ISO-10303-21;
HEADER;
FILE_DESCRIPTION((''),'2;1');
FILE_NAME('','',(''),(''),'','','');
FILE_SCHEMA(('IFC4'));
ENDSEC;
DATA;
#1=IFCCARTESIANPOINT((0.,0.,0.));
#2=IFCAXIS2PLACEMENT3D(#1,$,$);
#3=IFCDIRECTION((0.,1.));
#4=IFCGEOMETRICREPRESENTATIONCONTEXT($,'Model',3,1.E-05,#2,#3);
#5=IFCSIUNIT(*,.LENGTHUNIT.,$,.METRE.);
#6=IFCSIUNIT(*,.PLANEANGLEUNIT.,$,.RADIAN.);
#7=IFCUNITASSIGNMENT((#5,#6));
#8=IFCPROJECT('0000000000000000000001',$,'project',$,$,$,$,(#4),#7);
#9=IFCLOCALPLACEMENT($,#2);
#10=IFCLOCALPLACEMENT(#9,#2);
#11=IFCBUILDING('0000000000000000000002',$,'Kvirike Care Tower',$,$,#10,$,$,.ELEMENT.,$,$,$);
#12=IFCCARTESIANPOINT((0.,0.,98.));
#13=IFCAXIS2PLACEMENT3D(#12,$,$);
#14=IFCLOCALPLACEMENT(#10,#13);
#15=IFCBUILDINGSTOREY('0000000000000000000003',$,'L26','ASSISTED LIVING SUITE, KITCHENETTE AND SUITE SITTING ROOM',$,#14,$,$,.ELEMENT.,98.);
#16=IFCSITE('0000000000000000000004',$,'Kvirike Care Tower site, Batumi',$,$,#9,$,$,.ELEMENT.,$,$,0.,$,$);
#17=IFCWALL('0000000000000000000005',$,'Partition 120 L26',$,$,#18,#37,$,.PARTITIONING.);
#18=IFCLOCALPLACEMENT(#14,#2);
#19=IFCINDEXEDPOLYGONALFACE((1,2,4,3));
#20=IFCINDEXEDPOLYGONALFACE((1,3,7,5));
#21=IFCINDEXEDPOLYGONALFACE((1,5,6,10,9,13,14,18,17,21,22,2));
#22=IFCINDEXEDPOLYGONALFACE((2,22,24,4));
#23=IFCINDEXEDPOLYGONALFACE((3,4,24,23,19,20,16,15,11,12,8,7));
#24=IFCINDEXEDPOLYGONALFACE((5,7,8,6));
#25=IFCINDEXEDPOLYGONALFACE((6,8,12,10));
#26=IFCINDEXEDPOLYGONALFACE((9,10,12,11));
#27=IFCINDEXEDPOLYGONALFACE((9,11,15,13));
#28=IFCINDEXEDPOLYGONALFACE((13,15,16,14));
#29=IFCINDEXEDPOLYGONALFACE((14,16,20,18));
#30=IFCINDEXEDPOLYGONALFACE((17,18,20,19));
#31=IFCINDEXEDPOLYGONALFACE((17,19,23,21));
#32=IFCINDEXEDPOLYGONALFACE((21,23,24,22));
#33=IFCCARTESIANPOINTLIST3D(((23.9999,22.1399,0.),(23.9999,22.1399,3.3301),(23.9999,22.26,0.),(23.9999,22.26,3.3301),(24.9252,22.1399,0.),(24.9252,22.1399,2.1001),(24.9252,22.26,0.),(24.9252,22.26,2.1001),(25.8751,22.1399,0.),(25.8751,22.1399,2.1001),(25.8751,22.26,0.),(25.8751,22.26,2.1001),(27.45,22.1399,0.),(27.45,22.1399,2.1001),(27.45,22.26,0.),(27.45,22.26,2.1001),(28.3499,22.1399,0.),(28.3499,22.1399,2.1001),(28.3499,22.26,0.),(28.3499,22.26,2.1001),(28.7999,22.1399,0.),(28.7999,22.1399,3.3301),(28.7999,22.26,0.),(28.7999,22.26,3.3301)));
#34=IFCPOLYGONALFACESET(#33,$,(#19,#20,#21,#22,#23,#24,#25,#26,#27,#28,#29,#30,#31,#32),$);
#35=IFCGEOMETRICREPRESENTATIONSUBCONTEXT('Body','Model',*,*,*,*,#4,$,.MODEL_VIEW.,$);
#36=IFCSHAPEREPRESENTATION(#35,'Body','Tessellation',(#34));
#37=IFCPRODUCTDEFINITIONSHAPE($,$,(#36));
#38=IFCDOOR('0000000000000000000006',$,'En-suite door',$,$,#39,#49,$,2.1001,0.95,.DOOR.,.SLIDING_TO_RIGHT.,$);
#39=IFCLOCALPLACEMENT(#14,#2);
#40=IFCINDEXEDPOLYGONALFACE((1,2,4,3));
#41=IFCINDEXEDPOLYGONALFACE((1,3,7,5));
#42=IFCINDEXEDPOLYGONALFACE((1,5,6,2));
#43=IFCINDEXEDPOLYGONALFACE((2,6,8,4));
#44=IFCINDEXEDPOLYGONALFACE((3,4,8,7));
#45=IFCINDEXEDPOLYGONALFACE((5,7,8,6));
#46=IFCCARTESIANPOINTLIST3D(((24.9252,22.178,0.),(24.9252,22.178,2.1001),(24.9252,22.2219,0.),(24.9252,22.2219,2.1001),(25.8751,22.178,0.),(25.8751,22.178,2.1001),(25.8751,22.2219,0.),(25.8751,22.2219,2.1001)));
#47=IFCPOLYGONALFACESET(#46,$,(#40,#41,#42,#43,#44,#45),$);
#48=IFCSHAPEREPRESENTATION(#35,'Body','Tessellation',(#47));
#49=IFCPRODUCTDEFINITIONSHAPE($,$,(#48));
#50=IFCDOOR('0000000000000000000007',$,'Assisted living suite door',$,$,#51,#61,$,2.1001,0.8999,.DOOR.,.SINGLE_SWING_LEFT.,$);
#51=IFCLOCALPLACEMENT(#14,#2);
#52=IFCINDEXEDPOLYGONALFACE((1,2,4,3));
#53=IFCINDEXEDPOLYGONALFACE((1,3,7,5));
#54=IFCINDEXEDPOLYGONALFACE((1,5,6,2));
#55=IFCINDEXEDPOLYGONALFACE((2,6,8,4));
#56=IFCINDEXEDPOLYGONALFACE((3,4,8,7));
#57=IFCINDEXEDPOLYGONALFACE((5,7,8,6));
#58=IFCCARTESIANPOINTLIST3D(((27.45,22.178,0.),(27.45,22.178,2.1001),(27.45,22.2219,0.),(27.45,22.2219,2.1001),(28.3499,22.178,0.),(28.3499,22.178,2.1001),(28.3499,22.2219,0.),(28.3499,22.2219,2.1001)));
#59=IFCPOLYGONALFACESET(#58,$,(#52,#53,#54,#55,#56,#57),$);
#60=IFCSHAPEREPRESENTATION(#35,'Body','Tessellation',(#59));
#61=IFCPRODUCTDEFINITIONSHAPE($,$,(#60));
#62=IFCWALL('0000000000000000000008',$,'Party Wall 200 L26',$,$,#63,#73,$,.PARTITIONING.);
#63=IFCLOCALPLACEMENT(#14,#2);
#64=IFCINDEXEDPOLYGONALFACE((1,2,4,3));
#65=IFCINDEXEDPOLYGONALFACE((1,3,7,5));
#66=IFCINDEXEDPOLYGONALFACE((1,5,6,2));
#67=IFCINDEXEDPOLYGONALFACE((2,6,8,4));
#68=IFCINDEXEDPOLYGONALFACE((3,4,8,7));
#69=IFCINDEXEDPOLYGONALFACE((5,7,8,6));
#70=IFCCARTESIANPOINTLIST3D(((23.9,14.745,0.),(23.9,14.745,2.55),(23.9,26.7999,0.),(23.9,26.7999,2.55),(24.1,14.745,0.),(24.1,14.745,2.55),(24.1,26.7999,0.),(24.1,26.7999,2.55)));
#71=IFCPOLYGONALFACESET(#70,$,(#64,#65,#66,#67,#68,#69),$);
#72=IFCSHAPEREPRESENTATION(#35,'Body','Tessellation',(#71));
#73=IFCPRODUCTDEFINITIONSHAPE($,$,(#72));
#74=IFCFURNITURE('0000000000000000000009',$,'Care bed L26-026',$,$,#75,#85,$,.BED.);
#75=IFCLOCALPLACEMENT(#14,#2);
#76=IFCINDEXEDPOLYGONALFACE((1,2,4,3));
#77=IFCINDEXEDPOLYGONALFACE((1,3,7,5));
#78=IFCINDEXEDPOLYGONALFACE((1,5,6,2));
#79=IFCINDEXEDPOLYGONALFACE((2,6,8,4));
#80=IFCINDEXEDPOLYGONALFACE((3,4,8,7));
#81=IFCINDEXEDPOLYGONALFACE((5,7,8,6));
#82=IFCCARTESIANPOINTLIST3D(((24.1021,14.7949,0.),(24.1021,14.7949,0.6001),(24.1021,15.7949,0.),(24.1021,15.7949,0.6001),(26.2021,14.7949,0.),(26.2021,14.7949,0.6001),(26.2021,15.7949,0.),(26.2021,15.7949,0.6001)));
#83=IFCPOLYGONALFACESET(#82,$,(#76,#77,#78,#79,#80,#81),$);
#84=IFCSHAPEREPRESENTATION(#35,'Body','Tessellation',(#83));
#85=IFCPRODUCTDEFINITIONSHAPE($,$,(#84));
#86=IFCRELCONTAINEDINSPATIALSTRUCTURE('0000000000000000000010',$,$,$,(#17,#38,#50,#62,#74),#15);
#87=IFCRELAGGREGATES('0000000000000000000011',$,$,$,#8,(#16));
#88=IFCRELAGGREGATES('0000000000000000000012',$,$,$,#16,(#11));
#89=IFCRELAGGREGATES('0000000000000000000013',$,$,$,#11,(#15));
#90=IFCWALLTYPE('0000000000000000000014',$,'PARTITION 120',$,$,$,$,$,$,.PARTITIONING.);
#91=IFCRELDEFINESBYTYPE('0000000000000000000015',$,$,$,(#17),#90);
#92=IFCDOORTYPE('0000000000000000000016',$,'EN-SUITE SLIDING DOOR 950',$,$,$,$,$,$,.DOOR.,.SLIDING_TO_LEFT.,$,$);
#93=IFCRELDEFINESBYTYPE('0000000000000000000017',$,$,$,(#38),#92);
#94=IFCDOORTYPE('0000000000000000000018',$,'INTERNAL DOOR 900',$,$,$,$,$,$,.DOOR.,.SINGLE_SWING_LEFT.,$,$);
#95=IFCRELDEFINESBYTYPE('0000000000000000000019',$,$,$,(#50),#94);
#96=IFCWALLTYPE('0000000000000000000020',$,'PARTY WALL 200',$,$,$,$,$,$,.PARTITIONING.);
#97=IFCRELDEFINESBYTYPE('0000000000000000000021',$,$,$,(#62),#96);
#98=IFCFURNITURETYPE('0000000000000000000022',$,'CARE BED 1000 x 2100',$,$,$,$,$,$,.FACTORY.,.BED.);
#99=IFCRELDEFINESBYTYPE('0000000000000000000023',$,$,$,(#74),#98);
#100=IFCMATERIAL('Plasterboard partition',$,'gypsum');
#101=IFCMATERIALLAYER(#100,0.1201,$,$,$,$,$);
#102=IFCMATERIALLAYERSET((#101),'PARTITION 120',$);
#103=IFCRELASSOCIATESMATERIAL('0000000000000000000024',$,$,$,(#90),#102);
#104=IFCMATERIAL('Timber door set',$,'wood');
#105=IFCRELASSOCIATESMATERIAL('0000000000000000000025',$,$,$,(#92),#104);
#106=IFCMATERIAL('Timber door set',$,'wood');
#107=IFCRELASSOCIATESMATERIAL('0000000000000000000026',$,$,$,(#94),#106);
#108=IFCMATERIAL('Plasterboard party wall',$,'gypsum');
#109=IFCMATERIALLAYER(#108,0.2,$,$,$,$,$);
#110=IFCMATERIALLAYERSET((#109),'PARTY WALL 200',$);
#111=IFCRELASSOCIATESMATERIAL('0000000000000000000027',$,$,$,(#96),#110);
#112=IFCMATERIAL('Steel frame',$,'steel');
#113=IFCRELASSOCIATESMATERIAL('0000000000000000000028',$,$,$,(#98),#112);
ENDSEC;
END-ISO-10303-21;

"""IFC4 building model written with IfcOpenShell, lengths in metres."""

from ifc_helpers import new_model, si_unit, direction, frame, frame_2d, origin, origin_2d, place, context, subcontext, project, spatial, rectangle, extrude, material, layer, layer_set, type_object, element, fill, save


model = new_model("IFC4")

# Units and contexts
model_context = context("Model", 3, precision=1e-05, world=origin(), true_north=direction((0.0, 1.0)))
body_context = subcontext(model_context, "Body", "Model", "MODEL_VIEW")
ifc_project = project(units=[si_unit("LENGTHUNIT", "METRE"), si_unit("PLANEANGLEUNIT", "RADIAN")], contexts=[model_context])

# Site, building, storey
site_placement = place(None, origin())
site = spatial("IfcSite", under=ifc_project, at=site_placement, Name="Kvirike Care Tower site, Batumi", CompositionType="ELEMENT", RefElevation=0.0)
building_placement = place(site_placement, origin())
building = spatial("IfcBuilding", under=site, at=building_placement, Name="Kvirike Care Tower", CompositionType="ELEMENT")
storey_placement = place(building_placement, frame((0.0, 0.0, 98.0)))
storey = spatial("IfcBuildingStorey", under=building, at=storey_placement, Name="L26", Description="ASSISTED LIVING SUITE, KITCHENETTE AND SUITE SITTING ROOM", CompositionType="ELEMENT", Elevation=98.0)

# Wall, openings, doors
ifc_material_1 = material(Name="Plasterboard partition", Category="gypsum")
ifc_layer_1 = layer(ifc_material_1, 0.1201)
ifc_layer_set_1 = layer_set([ifc_layer_1], Name="PARTITION 120")
wall_type_1 = type_object("IfcWallType", Name="PARTITION 120", PredefinedType="PARTITIONING", material=ifc_layer_set_1)
wall_1_placement = place(storey_placement, frame((24.0, 22.2, 0.0), z_axis=(0.0, 0.0, 1.0), x_axis=(1.0, 0.0, 0.0)))
wall_1 = element("IfcWall", 1, at=wall_1_placement, inside=storey, type_object=wall_type_1, Name="Partition 120 L26", PredefinedType="PARTITIONING", context=body_context, shape_type="SweptSolid", body=[
    extrude(rectangle(XDim=4.8, YDim=0.1201, at=frame_2d((2.3999, 0.0))), origin(), (0.0, 0.0, 1.0), 3.3301),
])
opening_1_placement = place(wall_1_placement, frame((3.45, 0.0, 0.0)))
opening_1 = element("IfcOpeningElement", 2, at=opening_1_placement, cuts=wall_1, PredefinedType="OPENING", context=body_context, shape_type="SweptSolid", body=[
    extrude(rectangle(XDim=0.8999, YDim=2.1001, at=frame_2d((0.45, 1.05))), frame((0.0, 0.0706, 0.0), z_axis=(0.0, -1.0, 0.0), x_axis=(1.0, 0.0, 0.0)), (0.0, 0.0, 1.0), 0.1411),
])
opening_2_placement = place(wall_1_placement, frame((0.925, 0.0, 0.0)))
opening_2 = element("IfcOpeningElement", 3, at=opening_2_placement, cuts=wall_1, PredefinedType="OPENING", context=body_context, shape_type="SweptSolid", body=[
    extrude(rectangle(XDim=0.95, YDim=2.1001, at=frame_2d((0.4751, 1.05))), frame((0.0, 0.0706, 0.0), z_axis=(0.0, -1.0, 0.0), x_axis=(1.0, 0.0, 0.0)), (0.0, 0.0, 1.0), 0.1411),
])
ifc_material_2 = material(Name="Timber door set", Category="wood")
door_type_1 = type_object("IfcDoorType", Name="EN-SUITE SLIDING DOOR 950", OperationType="SLIDING_TO_LEFT", PredefinedType="DOOR", material=ifc_material_2)
door_1_placement = place(opening_2_placement, origin())
door_1 = element("IfcDoor", 4, at=door_1_placement, inside=storey, type_object=door_type_1, Name="En-suite door", OperationType="SLIDING_TO_RIGHT", OverallHeight=2.1001, OverallWidth=0.95, PredefinedType="DOOR", context=body_context, shape_type="SweptSolid", body=[
    extrude(rectangle(XDim=0.95, YDim=2.1001, at=frame_2d((0.4751, 1.05))), frame((0.0, 0.022, 0.0), z_axis=(0.0, -1.0, 0.0), x_axis=(1.0, 0.0, 0.0)), (0.0, 0.0, 1.0), 0.0439),
])
fill(opening_2, door_1)
ifc_material_3 = material(Name="Timber door set", Category="wood")
door_type_2 = type_object("IfcDoorType", Name="INTERNAL DOOR 900", OperationType="SINGLE_SWING_LEFT", PredefinedType="DOOR", material=ifc_material_3)
door_2_placement = place(opening_1_placement, origin())
door_2 = element("IfcDoor", 5, at=door_2_placement, inside=storey, type_object=door_type_2, Name="Assisted living suite door", OperationType="SINGLE_SWING_LEFT", OverallHeight=2.1001, OverallWidth=0.8999, PredefinedType="DOOR", context=body_context, shape_type="SweptSolid", body=[
    extrude(rectangle(XDim=0.8999, YDim=2.1001, at=frame_2d((0.45, 1.05))), frame((0.0, 0.022, 0.0), z_axis=(0.0, -1.0, 0.0), x_axis=(1.0, 0.0, 0.0)), (0.0, 0.0, 1.0), 0.0439),
])
fill(opening_1, door_2)

# Wall
ifc_material_4 = material(Name="Plasterboard party wall", Category="gypsum")
ifc_layer_2 = layer(ifc_material_4, 0.2)
ifc_layer_set_2 = layer_set([ifc_layer_2], Name="PARTY WALL 200")
wall_type_2 = type_object("IfcWallType", Name="PARTY WALL 200", PredefinedType="PARTITIONING", material=ifc_layer_set_2)
wall_2_placement = place(storey_placement, frame((24.0, 14.7451, 0.0), z_axis=(0.0, 0.0, 1.0), x_axis=(0.0, 1.0, 0.0)))
element("IfcWall", 6, at=wall_2_placement, inside=storey, type_object=wall_type_2, Name="Party Wall 200 L26", PredefinedType="PARTITIONING", context=body_context, shape_type="SweptSolid", body=[
    extrude(rectangle(XDim=12.0549, YDim=0.2, at=frame_2d((6.0273, 0.0))), origin(), (0.0, 0.0, 1.0), 2.55),
])

# Furniture
ifc_material_5 = material(Name="Steel frame", Category="steel")
furniture_type = type_object("IfcFurnitureType", Name="CARE BED 1000 x 2100", AssemblyPlace="FACTORY", PredefinedType="BED", material=ifc_material_5)
furniture_placement = place(storey_placement, frame((25.1521, 15.2949, 0.0), z_axis=(0.0, 0.0, 1.0), x_axis=(0.0, 1.0, 0.0)))
element("IfcFurniture", 7, at=furniture_placement, inside=storey, type_object=furniture_type, Name="Care bed L26-026", PredefinedType="BED", context=body_context, shape_type="SweptSolid", body=[
    extrude(rectangle(XDim=1.0, YDim=2.1001, at=origin_2d()), origin(), (0.0, 0.0, 1.0), 0.6001),
])

save(model, "model.ifc")
